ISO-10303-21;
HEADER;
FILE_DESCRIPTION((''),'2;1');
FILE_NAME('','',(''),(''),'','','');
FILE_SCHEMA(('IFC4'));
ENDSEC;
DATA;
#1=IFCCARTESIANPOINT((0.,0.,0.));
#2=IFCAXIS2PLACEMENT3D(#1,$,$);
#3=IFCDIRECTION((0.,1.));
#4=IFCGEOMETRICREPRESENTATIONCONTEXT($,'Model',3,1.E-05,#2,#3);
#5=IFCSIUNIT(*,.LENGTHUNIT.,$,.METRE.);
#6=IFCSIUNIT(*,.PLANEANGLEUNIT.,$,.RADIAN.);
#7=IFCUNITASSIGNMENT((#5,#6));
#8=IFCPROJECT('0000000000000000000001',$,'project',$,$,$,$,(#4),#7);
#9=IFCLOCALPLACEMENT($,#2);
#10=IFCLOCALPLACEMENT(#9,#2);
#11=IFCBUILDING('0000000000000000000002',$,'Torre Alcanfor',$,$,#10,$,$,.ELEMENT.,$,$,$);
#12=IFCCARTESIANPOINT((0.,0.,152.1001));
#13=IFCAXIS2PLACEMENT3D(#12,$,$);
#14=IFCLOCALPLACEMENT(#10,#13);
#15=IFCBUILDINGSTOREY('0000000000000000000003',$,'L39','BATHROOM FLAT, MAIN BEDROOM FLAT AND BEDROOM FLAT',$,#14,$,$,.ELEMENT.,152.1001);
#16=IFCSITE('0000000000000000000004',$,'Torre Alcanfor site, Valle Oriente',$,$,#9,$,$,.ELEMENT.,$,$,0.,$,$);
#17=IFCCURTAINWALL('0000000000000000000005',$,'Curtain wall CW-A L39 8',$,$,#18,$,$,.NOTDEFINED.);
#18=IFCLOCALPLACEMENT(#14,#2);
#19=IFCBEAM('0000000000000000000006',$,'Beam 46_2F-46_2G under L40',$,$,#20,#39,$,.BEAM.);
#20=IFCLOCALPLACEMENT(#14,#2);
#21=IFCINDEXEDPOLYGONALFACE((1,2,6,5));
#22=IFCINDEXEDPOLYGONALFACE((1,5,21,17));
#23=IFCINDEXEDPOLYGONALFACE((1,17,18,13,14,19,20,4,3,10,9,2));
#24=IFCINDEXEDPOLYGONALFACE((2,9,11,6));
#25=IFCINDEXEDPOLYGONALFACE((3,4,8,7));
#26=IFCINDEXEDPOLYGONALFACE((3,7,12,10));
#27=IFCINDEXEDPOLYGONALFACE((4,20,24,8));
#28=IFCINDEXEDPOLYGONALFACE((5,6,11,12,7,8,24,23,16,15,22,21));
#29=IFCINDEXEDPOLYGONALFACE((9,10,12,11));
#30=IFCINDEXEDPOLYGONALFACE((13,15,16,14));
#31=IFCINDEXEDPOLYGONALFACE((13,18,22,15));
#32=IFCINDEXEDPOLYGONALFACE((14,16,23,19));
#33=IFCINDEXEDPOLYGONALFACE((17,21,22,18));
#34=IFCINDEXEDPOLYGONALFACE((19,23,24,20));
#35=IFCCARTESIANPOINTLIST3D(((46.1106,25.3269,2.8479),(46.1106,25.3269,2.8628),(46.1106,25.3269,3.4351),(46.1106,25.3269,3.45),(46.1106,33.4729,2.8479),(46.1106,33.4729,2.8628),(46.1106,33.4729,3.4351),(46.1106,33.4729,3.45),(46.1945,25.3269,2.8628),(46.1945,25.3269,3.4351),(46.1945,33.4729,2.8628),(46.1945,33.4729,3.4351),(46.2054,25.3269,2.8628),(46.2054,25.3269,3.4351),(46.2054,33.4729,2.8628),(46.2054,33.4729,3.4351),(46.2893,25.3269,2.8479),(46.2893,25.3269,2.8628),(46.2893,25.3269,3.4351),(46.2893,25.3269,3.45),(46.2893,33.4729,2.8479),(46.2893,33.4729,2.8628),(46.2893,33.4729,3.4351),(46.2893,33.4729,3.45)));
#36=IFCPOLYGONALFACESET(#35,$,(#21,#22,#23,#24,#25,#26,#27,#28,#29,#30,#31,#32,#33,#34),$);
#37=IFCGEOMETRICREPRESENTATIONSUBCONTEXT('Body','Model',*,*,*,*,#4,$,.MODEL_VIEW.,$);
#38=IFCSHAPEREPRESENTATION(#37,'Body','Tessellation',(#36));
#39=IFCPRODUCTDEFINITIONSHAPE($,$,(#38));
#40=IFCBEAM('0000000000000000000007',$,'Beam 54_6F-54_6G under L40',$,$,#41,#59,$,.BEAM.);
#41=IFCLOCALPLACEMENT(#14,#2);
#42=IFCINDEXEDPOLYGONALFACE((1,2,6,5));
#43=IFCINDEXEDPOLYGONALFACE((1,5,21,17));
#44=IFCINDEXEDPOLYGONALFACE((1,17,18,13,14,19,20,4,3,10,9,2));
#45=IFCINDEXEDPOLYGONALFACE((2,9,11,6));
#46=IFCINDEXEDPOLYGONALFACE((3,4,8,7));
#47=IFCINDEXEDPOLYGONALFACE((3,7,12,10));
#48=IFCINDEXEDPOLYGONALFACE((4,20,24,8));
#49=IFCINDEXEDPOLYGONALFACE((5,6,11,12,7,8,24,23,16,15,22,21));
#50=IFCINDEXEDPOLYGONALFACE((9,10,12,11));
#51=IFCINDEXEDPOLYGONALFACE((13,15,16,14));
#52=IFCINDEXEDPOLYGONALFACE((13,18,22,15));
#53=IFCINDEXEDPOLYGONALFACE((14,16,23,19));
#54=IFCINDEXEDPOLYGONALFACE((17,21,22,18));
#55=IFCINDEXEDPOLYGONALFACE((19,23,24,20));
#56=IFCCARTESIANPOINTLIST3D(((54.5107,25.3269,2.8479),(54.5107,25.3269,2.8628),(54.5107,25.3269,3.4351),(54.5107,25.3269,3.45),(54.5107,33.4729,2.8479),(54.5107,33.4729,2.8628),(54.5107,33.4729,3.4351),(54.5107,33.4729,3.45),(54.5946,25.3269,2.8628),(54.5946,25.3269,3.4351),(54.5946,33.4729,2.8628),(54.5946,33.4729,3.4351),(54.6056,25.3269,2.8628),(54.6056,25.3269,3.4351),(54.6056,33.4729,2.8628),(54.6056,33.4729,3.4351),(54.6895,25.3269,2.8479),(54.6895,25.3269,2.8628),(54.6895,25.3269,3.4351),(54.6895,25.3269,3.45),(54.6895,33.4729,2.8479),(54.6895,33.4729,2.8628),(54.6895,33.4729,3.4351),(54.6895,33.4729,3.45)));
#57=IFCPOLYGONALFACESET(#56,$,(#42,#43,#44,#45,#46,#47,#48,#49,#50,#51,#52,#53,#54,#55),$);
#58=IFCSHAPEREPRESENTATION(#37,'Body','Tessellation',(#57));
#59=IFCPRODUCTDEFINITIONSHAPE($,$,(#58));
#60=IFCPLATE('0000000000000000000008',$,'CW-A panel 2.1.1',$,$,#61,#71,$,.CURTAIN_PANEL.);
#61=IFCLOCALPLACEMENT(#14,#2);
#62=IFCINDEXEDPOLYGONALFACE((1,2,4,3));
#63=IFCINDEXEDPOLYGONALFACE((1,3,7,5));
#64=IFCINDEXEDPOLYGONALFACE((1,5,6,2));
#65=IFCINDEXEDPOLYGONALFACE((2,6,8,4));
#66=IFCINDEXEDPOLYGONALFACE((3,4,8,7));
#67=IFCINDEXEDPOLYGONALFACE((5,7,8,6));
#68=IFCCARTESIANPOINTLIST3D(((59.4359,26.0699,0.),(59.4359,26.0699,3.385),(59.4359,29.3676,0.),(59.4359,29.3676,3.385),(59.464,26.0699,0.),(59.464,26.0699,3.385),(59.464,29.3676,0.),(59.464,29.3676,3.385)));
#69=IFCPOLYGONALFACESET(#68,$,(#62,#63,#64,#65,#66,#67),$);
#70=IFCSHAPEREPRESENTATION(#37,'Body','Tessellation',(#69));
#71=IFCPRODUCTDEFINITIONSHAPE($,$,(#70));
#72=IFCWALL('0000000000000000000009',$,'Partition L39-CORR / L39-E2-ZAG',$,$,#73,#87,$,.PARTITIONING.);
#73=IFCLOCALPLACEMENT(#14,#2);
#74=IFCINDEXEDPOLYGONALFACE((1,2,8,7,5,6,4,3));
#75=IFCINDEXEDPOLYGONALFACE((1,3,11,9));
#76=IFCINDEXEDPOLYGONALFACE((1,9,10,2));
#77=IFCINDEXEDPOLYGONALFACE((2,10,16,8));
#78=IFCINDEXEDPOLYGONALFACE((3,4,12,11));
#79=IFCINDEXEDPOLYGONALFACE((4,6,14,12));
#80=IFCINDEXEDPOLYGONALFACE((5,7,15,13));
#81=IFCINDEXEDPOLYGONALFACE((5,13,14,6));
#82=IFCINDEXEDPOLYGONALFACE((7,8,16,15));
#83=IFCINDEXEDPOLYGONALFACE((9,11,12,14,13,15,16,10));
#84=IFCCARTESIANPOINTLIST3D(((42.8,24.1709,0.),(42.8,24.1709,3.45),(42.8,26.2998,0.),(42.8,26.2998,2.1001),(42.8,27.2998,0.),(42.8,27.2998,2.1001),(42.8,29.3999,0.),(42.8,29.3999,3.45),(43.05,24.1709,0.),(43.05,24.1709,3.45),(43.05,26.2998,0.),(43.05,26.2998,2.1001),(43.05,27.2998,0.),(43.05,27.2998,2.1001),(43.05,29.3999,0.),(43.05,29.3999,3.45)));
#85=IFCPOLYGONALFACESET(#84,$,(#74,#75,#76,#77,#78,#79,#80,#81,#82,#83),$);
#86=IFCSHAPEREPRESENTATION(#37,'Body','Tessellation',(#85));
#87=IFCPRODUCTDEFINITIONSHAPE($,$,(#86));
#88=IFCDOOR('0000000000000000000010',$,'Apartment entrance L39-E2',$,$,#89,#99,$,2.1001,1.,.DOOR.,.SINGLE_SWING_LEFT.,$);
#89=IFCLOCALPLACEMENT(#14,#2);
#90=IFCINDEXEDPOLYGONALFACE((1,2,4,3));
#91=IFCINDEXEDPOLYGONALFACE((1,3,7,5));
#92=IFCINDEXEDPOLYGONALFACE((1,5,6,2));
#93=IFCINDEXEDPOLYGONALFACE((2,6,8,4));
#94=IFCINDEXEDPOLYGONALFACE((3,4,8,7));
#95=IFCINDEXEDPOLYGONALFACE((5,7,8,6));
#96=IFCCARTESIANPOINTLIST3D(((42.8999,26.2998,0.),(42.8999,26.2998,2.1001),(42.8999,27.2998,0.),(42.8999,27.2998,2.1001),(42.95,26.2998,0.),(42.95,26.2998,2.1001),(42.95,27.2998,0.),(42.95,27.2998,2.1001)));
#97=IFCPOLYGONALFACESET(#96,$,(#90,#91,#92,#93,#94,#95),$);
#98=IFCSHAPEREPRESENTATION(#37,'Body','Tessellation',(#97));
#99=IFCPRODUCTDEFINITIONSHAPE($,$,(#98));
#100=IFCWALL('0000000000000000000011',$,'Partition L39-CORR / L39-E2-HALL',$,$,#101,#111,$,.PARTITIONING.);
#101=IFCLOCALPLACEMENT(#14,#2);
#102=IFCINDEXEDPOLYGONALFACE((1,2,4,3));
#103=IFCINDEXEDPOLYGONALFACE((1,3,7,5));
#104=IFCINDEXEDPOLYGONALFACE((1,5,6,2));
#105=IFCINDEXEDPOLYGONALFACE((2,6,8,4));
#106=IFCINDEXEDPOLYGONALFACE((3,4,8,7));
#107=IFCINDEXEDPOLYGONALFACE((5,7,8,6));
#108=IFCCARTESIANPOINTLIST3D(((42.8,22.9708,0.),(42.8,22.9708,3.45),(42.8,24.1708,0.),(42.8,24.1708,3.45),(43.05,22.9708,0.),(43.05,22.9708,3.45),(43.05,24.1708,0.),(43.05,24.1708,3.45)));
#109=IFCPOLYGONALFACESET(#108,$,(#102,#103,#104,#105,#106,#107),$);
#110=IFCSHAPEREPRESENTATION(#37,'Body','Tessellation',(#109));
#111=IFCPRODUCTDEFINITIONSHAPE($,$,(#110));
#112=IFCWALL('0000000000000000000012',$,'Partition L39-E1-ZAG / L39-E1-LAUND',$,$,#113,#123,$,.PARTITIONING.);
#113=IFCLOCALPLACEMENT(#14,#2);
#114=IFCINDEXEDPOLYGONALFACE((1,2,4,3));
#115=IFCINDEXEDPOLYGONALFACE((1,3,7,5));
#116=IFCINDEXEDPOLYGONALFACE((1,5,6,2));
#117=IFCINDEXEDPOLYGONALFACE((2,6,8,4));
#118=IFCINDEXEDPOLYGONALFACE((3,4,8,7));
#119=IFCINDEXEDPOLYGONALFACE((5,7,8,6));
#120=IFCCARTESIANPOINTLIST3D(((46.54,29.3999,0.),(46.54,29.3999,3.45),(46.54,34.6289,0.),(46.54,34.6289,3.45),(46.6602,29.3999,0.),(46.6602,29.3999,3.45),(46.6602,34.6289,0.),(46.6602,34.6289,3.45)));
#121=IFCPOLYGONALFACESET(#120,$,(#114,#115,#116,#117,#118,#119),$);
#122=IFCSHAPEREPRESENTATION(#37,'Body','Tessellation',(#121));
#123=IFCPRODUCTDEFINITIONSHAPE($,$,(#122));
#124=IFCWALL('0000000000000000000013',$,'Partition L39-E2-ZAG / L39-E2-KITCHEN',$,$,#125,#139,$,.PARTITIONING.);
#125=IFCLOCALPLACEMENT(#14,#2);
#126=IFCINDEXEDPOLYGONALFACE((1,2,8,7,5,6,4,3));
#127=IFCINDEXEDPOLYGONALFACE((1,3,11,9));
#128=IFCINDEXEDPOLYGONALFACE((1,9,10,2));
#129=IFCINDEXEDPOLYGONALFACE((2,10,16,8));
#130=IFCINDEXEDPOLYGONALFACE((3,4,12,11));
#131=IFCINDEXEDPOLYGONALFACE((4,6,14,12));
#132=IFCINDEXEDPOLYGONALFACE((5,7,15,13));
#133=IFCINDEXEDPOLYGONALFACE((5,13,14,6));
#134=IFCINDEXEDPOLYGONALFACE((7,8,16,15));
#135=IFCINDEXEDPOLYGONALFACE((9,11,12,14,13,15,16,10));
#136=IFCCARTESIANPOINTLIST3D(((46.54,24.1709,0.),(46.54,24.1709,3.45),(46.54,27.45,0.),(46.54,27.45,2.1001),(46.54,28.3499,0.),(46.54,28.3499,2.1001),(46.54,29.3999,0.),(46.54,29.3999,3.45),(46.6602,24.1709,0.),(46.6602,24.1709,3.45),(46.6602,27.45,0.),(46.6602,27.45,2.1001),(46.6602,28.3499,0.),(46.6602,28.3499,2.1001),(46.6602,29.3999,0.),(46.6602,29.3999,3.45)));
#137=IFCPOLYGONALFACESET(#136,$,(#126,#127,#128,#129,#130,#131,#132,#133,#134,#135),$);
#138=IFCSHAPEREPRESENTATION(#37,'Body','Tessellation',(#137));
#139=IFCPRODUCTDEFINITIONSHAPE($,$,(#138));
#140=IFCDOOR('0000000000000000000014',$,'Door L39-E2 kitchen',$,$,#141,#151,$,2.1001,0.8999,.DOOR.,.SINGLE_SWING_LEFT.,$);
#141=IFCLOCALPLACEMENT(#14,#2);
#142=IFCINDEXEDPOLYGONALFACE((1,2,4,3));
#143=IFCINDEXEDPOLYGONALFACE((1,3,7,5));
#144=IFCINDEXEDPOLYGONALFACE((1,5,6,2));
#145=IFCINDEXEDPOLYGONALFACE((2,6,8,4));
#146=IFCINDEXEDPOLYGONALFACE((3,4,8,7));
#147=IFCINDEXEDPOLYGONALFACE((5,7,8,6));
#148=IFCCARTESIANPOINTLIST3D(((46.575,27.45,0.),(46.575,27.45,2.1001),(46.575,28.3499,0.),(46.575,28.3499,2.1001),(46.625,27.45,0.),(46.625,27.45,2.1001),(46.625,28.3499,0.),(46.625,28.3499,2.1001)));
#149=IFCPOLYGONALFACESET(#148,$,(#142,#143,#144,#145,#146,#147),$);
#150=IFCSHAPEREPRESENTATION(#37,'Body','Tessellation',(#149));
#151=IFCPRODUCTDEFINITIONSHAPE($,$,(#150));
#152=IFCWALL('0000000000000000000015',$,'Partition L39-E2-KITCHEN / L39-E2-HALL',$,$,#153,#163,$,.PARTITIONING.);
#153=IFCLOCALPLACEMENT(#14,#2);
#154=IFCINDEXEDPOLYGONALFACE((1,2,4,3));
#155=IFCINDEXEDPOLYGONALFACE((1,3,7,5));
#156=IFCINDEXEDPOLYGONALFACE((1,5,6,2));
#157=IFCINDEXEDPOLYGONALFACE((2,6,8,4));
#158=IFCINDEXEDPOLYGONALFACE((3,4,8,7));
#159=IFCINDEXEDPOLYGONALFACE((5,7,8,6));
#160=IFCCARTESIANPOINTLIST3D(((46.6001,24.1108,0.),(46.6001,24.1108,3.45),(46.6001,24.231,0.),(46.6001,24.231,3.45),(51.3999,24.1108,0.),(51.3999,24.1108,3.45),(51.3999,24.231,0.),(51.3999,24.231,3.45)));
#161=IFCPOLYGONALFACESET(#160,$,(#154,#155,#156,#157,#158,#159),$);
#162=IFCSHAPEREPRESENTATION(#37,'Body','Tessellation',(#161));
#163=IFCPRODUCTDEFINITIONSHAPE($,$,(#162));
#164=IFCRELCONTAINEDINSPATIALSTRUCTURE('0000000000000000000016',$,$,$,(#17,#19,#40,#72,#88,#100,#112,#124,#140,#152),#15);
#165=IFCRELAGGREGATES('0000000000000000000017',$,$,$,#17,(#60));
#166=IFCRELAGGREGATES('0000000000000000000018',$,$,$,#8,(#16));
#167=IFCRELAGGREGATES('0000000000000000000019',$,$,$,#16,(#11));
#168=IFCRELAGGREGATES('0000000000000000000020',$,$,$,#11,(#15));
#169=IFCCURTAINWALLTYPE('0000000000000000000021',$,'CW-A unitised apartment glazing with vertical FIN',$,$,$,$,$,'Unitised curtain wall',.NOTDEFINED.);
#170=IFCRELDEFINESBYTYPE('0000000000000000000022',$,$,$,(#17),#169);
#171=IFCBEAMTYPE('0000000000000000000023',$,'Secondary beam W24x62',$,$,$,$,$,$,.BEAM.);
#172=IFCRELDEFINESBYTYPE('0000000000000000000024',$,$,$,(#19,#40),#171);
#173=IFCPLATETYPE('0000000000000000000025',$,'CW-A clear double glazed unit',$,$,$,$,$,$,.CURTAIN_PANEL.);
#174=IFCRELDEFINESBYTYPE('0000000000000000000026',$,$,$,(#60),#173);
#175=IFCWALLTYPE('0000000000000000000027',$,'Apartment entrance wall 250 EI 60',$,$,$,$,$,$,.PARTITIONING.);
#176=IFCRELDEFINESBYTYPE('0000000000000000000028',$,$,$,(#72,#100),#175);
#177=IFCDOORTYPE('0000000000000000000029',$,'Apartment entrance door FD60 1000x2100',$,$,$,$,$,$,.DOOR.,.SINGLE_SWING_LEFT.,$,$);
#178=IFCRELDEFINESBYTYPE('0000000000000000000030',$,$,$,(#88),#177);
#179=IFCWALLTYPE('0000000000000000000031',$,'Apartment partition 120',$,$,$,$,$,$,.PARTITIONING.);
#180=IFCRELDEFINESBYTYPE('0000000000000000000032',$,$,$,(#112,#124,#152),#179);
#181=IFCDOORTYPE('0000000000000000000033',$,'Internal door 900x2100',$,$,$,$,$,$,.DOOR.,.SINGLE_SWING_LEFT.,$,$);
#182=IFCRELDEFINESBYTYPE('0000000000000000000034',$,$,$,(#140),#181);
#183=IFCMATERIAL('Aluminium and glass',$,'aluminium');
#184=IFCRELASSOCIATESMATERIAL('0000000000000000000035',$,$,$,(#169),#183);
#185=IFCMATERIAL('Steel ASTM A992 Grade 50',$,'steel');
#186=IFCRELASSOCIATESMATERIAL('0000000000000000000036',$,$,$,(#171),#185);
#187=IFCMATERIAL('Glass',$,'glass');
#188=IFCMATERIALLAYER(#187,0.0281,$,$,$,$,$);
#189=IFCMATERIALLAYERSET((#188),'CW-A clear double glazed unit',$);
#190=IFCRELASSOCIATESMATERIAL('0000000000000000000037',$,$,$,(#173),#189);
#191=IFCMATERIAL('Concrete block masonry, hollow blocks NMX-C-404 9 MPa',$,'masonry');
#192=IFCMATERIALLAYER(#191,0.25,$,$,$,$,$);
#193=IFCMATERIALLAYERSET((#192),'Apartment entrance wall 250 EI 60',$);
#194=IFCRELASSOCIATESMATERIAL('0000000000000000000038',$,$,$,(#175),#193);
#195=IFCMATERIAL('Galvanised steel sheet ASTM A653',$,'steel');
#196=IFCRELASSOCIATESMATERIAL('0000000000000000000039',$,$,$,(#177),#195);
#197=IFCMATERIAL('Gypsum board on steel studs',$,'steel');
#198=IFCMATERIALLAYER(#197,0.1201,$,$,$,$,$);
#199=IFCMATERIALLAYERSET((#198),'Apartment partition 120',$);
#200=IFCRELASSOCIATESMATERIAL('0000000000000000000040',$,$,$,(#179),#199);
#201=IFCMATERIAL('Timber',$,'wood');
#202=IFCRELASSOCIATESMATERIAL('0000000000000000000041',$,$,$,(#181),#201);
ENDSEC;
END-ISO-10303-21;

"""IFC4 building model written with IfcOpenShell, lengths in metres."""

from ifc_helpers import new_model, si_unit, direction, frame, frame_2d, origin, origin_2d, place, context, subcontext, project, spatial, rectangle, i_section, extrude, material, layer, layer_set, material_profile, profile_set, type_object, element, fill, aggregate, save


model = new_model("IFC4")

# Units and contexts
model_context = context("Model", 3, precision=1e-05, world=origin(), true_north=direction((0.0, 1.0)))
body_context = subcontext(model_context, "Body", "Model", "MODEL_VIEW")
ifc_project = project(units=[si_unit("LENGTHUNIT", "METRE"), si_unit("PLANEANGLEUNIT", "RADIAN")], contexts=[model_context])

# Site, building, storey
site_placement = place(None, origin())
site = spatial("IfcSite", under=ifc_project, at=site_placement, Name="Torre Alcanfor site, Valle Oriente", CompositionType="ELEMENT", RefElevation=0.0)
building_placement = place(site_placement, origin())
building = spatial("IfcBuilding", under=site, at=building_placement, Name="Torre Alcanfor", CompositionType="ELEMENT")
storey_placement = place(building_placement, frame((0.0, 0.0, 152.1001)))
storey = spatial("IfcBuildingStorey", under=building, at=storey_placement, Name="L39", Description="BATHROOM FLAT, MAIN BEDROOM FLAT AND BEDROOM FLAT", CompositionType="ELEMENT", Elevation=152.1001)

# Curtain wall
ifc_material_1 = material(Name="Aluminium and glass", Category="aluminium")
curtain_wall_type = type_object("IfcCurtainWallType", Name="CW-A unitised apartment glazing with vertical FIN", ElementType="Unitised curtain wall", PredefinedType="NOTDEFINED", material=ifc_material_1)
curtain_wall_placement = place(storey_placement, origin())
curtain_wall = element("IfcCurtainWall", 1, at=curtain_wall_placement, inside=storey, type_object=curtain_wall_type, Name="Curtain wall CW-A L39 8", PredefinedType="NOTDEFINED")

# Beams
ifc_material_2 = material(Name="Steel ASTM A992 Grade 50", Category="steel")
ifc_material_profile_1 = material_profile(ifc_material_2, i_section(OverallWidth=0.1787, OverallDepth=0.6021, WebThickness=0.011, FlangeThickness=0.0149, at=origin_2d()), Name="W24x62")
ifc_profile_set_1 = profile_set([ifc_material_profile_1], Name="Steel ASTM A992 Grade 50")
beam_type_1 = type_object("IfcBeamType", Name="Secondary beam W24x62", PredefinedType="BEAM", material=ifc_profile_set_1)
for number, where, z_axis, x_axis, name in (
    (2, (46.2, 25.3269, 3.1489), (0.0, 1.0, 0.0), (-1.0, 0.0, 0.0), "Beam 46_2F-46_2G under L40"),
    (3, (54.6001, 25.3269, 3.1489), (0.0, 1.0, 0.0), (-1.0, 0.0, 0.0), "Beam 54_6F-54_6G under L40"),
):
    element("IfcBeam", number, at=place(storey_placement, frame(where, z_axis=z_axis, x_axis=x_axis)), inside=storey, type_object=beam_type_1, Name=name, PredefinedType="BEAM", context=body_context, shape_type="SweptSolid", body=[
        extrude(i_section(OverallWidth=0.1787, OverallDepth=0.6021, WebThickness=0.011, FlangeThickness=0.0149, at=origin_2d()), origin(), (0.0, 0.0, 1.0), 8.146),
    ])

# Plate
ifc_material_3 = material(Name="Glass", Category="glass")
ifc_layer_1 = layer(ifc_material_3, 0.0281)
ifc_layer_set_1 = layer_set([ifc_layer_1], Name="CW-A clear double glazed unit")
plate_type = type_object("IfcPlateType", Name="CW-A clear double glazed unit", PredefinedType="CURTAIN_PANEL", material=ifc_layer_set_1)
plate_placement = place(storey_placement, frame((59.45, 27.7188, 0.0), z_axis=(0.0, 0.0, 1.0), x_axis=(0.0, 1.0, 0.0)))
plate = element("IfcPlate", 4, at=plate_placement, type_object=plate_type, Name="CW-A panel 2.1.1", PredefinedType="CURTAIN_PANEL", context=body_context, shape_type="SweptSolid", body=[
    extrude(rectangle(XDim=3.2976, YDim=0.0281, at=origin_2d()), origin(), (0.0, 0.0, 1.0), 3.385),
])
aggregate(curtain_wall, [plate])

# Wall, opening, door
ifc_material_4 = material(Name="Concrete block masonry, hollow blocks NMX-C-404 9 MPa", Category="masonry")
ifc_layer_2 = layer(ifc_material_4, 0.25)
ifc_layer_set_2 = layer_set([ifc_layer_2], Name="Apartment entrance wall 250 EI 60")
wall_type_1 = type_object("IfcWallType", Name="Apartment entrance wall 250 EI 60", PredefinedType="PARTITIONING", material=ifc_layer_set_2)
wall_1_placement = place(storey_placement, frame((42.925, 29.3999, 0.0), z_axis=(0.0, 0.0, 1.0), x_axis=(0.0, -1.0, 0.0)))
wall_1 = element("IfcWall", 5, at=wall_1_placement, inside=storey, type_object=wall_type_1, Name="Partition L39-CORR / L39-E2-ZAG", PredefinedType="PARTITIONING", context=body_context, shape_type="SweptSolid", body=[
    extrude(rectangle(XDim=5.229, YDim=0.25, at=frame_2d((2.6145, 0.0))), origin(), (0.0, 0.0, 1.0), 3.45),
])
opening_1_placement = place(wall_1_placement, frame((2.1001, 0.0, 0.0)))
opening_1 = element("IfcOpeningElement", 6, at=opening_1_placement, cuts=wall_1, PredefinedType="OPENING", context=body_context, shape_type="SweptSolid", body=[
    extrude(rectangle(XDim=1.0, YDim=2.1001, at=frame_2d((0.5, 1.05))), frame((0.0, 0.135, 0.0), z_axis=(0.0, -1.0, 0.0), x_axis=(1.0, 0.0, 0.0)), (0.0, 0.0, 1.0), 0.27),
])
ifc_material_5 = material(Name="Galvanised steel sheet ASTM A653", Category="steel")
door_type_1 = type_object("IfcDoorType", Name="Apartment entrance door FD60 1000x2100", OperationType="SINGLE_SWING_LEFT", PredefinedType="DOOR", material=ifc_material_5)
door_1_placement = place(opening_1_placement, origin())
door_1 = element("IfcDoor", 7, at=door_1_placement, inside=storey, type_object=door_type_1, Name="Apartment entrance L39-E2", OperationType="SINGLE_SWING_LEFT", OverallHeight=2.1001, OverallWidth=1.0, PredefinedType="DOOR", context=body_context, shape_type="SweptSolid", body=[
    extrude(rectangle(XDim=1.0, YDim=2.1001, at=frame_2d((0.5, 1.05))), frame((0.0, 0.0249, 0.0), z_axis=(0.0, -1.0, 0.0), x_axis=(1.0, 0.0, 0.0)), (0.0, 0.0, 1.0), 0.05),
])
fill(opening_1, door_1)

# Walls
wall_2_placement = place(storey_placement, frame((42.925, 24.1709, 0.0), z_axis=(0.0, 0.0, 1.0), x_axis=(0.0, -1.0, 0.0)))
element("IfcWall", 8, at=wall_2_placement, inside=storey, type_object=wall_type_1, Name="Partition L39-CORR / L39-E2-HALL", PredefinedType="PARTITIONING", context=body_context, shape_type="SweptSolid", body=[
    extrude(rectangle(XDim=1.2, YDim=0.25, at=frame_2d((0.6001, 0.0))), origin(), (0.0, 0.0, 1.0), 3.45),
])
ifc_material_6 = material(Name="Gypsum board on steel studs", Category="steel")
ifc_layer_3 = layer(ifc_material_6, 0.1201)
ifc_layer_set_3 = layer_set([ifc_layer_3], Name="Apartment partition 120")
wall_type_2 = type_object("IfcWallType", Name="Apartment partition 120", PredefinedType="PARTITIONING", material=ifc_layer_set_3)
wall_3_placement = place(storey_placement, frame((46.6001, 29.3999, 0.0), z_axis=(0.0, 0.0, 1.0), x_axis=(0.0, 1.0, 0.0)))
element("IfcWall", 9, at=wall_3_placement, inside=storey, type_object=wall_type_2, Name="Partition L39-E1-ZAG / L39-E1-LAUND", PredefinedType="PARTITIONING", context=body_context, shape_type="SweptSolid", body=[
    extrude(rectangle(XDim=5.229, YDim=0.1201, at=frame_2d((2.6145, 0.0))), origin(), (0.0, 0.0, 1.0), 3.45),
])

# Wall, opening, door
wall_4_placement = place(storey_placement, frame((46.6001, 29.3999, 0.0), z_axis=(0.0, 0.0, 1.0), x_axis=(0.0, -1.0, 0.0)))
wall_4 = element("IfcWall", 10, at=wall_4_placement, inside=storey, type_object=wall_type_2, Name="Partition L39-E2-ZAG / L39-E2-KITCHEN", PredefinedType="PARTITIONING", context=body_context, shape_type="SweptSolid", body=[
    extrude(rectangle(XDim=5.229, YDim=0.1201, at=frame_2d((2.6145, 0.0))), origin(), (0.0, 0.0, 1.0), 3.45),
])
opening_2_placement = place(wall_4_placement, frame((1.05, 0.0, 0.0)))
opening_2 = element("IfcOpeningElement", 11, at=opening_2_placement, cuts=wall_4, PredefinedType="OPENING", context=body_context, shape_type="SweptSolid", body=[
    extrude(rectangle(XDim=0.8999, YDim=2.1001, at=frame_2d((0.45, 1.05))), frame((0.0, 0.0701, 0.0), z_axis=(0.0, -1.0, 0.0), x_axis=(1.0, 0.0, 0.0)), (0.0, 0.0, 1.0), 0.1401),
])
ifc_material_7 = material(Name="Timber", Category="wood")
door_type_2 = type_object("IfcDoorType", Name="Internal door 900x2100", OperationType="SINGLE_SWING_LEFT", PredefinedType="DOOR", material=ifc_material_7)
door_2_placement = place(opening_2_placement, origin())
door_2 = element("IfcDoor", 12, at=door_2_placement, inside=storey, type_object=door_type_2, Name="Door L39-E2 kitchen", OperationType="SINGLE_SWING_LEFT", OverallHeight=2.1001, OverallWidth=0.8999, PredefinedType="DOOR", context=body_context, shape_type="SweptSolid", body=[
    extrude(rectangle(XDim=0.8999, YDim=2.1001, at=frame_2d((0.45, 1.05))), frame((0.0, 0.0249, 0.0), z_axis=(0.0, -1.0, 0.0), x_axis=(1.0, 0.0, 0.0)), (0.0, 0.0, 1.0), 0.05),
])
fill(opening_2, door_2)

# Wall
wall_5_placement = place(storey_placement, frame((51.3999, 24.1709, 0.0), z_axis=(0.0, 0.0, 1.0), x_axis=(-1.0, 0.0, 0.0)))
element("IfcWall", 13, at=wall_5_placement, inside=storey, type_object=wall_type_2, Name="Partition L39-E2-KITCHEN / L39-E2-HALL", PredefinedType="PARTITIONING", context=body_context, shape_type="SweptSolid", body=[
    extrude(rectangle(XDim=4.7998, YDim=0.1201, at=frame_2d((2.3999, 0.0))), origin(), (0.0, 0.0, 1.0), 3.45),
])

save(model, "model.ifc")
